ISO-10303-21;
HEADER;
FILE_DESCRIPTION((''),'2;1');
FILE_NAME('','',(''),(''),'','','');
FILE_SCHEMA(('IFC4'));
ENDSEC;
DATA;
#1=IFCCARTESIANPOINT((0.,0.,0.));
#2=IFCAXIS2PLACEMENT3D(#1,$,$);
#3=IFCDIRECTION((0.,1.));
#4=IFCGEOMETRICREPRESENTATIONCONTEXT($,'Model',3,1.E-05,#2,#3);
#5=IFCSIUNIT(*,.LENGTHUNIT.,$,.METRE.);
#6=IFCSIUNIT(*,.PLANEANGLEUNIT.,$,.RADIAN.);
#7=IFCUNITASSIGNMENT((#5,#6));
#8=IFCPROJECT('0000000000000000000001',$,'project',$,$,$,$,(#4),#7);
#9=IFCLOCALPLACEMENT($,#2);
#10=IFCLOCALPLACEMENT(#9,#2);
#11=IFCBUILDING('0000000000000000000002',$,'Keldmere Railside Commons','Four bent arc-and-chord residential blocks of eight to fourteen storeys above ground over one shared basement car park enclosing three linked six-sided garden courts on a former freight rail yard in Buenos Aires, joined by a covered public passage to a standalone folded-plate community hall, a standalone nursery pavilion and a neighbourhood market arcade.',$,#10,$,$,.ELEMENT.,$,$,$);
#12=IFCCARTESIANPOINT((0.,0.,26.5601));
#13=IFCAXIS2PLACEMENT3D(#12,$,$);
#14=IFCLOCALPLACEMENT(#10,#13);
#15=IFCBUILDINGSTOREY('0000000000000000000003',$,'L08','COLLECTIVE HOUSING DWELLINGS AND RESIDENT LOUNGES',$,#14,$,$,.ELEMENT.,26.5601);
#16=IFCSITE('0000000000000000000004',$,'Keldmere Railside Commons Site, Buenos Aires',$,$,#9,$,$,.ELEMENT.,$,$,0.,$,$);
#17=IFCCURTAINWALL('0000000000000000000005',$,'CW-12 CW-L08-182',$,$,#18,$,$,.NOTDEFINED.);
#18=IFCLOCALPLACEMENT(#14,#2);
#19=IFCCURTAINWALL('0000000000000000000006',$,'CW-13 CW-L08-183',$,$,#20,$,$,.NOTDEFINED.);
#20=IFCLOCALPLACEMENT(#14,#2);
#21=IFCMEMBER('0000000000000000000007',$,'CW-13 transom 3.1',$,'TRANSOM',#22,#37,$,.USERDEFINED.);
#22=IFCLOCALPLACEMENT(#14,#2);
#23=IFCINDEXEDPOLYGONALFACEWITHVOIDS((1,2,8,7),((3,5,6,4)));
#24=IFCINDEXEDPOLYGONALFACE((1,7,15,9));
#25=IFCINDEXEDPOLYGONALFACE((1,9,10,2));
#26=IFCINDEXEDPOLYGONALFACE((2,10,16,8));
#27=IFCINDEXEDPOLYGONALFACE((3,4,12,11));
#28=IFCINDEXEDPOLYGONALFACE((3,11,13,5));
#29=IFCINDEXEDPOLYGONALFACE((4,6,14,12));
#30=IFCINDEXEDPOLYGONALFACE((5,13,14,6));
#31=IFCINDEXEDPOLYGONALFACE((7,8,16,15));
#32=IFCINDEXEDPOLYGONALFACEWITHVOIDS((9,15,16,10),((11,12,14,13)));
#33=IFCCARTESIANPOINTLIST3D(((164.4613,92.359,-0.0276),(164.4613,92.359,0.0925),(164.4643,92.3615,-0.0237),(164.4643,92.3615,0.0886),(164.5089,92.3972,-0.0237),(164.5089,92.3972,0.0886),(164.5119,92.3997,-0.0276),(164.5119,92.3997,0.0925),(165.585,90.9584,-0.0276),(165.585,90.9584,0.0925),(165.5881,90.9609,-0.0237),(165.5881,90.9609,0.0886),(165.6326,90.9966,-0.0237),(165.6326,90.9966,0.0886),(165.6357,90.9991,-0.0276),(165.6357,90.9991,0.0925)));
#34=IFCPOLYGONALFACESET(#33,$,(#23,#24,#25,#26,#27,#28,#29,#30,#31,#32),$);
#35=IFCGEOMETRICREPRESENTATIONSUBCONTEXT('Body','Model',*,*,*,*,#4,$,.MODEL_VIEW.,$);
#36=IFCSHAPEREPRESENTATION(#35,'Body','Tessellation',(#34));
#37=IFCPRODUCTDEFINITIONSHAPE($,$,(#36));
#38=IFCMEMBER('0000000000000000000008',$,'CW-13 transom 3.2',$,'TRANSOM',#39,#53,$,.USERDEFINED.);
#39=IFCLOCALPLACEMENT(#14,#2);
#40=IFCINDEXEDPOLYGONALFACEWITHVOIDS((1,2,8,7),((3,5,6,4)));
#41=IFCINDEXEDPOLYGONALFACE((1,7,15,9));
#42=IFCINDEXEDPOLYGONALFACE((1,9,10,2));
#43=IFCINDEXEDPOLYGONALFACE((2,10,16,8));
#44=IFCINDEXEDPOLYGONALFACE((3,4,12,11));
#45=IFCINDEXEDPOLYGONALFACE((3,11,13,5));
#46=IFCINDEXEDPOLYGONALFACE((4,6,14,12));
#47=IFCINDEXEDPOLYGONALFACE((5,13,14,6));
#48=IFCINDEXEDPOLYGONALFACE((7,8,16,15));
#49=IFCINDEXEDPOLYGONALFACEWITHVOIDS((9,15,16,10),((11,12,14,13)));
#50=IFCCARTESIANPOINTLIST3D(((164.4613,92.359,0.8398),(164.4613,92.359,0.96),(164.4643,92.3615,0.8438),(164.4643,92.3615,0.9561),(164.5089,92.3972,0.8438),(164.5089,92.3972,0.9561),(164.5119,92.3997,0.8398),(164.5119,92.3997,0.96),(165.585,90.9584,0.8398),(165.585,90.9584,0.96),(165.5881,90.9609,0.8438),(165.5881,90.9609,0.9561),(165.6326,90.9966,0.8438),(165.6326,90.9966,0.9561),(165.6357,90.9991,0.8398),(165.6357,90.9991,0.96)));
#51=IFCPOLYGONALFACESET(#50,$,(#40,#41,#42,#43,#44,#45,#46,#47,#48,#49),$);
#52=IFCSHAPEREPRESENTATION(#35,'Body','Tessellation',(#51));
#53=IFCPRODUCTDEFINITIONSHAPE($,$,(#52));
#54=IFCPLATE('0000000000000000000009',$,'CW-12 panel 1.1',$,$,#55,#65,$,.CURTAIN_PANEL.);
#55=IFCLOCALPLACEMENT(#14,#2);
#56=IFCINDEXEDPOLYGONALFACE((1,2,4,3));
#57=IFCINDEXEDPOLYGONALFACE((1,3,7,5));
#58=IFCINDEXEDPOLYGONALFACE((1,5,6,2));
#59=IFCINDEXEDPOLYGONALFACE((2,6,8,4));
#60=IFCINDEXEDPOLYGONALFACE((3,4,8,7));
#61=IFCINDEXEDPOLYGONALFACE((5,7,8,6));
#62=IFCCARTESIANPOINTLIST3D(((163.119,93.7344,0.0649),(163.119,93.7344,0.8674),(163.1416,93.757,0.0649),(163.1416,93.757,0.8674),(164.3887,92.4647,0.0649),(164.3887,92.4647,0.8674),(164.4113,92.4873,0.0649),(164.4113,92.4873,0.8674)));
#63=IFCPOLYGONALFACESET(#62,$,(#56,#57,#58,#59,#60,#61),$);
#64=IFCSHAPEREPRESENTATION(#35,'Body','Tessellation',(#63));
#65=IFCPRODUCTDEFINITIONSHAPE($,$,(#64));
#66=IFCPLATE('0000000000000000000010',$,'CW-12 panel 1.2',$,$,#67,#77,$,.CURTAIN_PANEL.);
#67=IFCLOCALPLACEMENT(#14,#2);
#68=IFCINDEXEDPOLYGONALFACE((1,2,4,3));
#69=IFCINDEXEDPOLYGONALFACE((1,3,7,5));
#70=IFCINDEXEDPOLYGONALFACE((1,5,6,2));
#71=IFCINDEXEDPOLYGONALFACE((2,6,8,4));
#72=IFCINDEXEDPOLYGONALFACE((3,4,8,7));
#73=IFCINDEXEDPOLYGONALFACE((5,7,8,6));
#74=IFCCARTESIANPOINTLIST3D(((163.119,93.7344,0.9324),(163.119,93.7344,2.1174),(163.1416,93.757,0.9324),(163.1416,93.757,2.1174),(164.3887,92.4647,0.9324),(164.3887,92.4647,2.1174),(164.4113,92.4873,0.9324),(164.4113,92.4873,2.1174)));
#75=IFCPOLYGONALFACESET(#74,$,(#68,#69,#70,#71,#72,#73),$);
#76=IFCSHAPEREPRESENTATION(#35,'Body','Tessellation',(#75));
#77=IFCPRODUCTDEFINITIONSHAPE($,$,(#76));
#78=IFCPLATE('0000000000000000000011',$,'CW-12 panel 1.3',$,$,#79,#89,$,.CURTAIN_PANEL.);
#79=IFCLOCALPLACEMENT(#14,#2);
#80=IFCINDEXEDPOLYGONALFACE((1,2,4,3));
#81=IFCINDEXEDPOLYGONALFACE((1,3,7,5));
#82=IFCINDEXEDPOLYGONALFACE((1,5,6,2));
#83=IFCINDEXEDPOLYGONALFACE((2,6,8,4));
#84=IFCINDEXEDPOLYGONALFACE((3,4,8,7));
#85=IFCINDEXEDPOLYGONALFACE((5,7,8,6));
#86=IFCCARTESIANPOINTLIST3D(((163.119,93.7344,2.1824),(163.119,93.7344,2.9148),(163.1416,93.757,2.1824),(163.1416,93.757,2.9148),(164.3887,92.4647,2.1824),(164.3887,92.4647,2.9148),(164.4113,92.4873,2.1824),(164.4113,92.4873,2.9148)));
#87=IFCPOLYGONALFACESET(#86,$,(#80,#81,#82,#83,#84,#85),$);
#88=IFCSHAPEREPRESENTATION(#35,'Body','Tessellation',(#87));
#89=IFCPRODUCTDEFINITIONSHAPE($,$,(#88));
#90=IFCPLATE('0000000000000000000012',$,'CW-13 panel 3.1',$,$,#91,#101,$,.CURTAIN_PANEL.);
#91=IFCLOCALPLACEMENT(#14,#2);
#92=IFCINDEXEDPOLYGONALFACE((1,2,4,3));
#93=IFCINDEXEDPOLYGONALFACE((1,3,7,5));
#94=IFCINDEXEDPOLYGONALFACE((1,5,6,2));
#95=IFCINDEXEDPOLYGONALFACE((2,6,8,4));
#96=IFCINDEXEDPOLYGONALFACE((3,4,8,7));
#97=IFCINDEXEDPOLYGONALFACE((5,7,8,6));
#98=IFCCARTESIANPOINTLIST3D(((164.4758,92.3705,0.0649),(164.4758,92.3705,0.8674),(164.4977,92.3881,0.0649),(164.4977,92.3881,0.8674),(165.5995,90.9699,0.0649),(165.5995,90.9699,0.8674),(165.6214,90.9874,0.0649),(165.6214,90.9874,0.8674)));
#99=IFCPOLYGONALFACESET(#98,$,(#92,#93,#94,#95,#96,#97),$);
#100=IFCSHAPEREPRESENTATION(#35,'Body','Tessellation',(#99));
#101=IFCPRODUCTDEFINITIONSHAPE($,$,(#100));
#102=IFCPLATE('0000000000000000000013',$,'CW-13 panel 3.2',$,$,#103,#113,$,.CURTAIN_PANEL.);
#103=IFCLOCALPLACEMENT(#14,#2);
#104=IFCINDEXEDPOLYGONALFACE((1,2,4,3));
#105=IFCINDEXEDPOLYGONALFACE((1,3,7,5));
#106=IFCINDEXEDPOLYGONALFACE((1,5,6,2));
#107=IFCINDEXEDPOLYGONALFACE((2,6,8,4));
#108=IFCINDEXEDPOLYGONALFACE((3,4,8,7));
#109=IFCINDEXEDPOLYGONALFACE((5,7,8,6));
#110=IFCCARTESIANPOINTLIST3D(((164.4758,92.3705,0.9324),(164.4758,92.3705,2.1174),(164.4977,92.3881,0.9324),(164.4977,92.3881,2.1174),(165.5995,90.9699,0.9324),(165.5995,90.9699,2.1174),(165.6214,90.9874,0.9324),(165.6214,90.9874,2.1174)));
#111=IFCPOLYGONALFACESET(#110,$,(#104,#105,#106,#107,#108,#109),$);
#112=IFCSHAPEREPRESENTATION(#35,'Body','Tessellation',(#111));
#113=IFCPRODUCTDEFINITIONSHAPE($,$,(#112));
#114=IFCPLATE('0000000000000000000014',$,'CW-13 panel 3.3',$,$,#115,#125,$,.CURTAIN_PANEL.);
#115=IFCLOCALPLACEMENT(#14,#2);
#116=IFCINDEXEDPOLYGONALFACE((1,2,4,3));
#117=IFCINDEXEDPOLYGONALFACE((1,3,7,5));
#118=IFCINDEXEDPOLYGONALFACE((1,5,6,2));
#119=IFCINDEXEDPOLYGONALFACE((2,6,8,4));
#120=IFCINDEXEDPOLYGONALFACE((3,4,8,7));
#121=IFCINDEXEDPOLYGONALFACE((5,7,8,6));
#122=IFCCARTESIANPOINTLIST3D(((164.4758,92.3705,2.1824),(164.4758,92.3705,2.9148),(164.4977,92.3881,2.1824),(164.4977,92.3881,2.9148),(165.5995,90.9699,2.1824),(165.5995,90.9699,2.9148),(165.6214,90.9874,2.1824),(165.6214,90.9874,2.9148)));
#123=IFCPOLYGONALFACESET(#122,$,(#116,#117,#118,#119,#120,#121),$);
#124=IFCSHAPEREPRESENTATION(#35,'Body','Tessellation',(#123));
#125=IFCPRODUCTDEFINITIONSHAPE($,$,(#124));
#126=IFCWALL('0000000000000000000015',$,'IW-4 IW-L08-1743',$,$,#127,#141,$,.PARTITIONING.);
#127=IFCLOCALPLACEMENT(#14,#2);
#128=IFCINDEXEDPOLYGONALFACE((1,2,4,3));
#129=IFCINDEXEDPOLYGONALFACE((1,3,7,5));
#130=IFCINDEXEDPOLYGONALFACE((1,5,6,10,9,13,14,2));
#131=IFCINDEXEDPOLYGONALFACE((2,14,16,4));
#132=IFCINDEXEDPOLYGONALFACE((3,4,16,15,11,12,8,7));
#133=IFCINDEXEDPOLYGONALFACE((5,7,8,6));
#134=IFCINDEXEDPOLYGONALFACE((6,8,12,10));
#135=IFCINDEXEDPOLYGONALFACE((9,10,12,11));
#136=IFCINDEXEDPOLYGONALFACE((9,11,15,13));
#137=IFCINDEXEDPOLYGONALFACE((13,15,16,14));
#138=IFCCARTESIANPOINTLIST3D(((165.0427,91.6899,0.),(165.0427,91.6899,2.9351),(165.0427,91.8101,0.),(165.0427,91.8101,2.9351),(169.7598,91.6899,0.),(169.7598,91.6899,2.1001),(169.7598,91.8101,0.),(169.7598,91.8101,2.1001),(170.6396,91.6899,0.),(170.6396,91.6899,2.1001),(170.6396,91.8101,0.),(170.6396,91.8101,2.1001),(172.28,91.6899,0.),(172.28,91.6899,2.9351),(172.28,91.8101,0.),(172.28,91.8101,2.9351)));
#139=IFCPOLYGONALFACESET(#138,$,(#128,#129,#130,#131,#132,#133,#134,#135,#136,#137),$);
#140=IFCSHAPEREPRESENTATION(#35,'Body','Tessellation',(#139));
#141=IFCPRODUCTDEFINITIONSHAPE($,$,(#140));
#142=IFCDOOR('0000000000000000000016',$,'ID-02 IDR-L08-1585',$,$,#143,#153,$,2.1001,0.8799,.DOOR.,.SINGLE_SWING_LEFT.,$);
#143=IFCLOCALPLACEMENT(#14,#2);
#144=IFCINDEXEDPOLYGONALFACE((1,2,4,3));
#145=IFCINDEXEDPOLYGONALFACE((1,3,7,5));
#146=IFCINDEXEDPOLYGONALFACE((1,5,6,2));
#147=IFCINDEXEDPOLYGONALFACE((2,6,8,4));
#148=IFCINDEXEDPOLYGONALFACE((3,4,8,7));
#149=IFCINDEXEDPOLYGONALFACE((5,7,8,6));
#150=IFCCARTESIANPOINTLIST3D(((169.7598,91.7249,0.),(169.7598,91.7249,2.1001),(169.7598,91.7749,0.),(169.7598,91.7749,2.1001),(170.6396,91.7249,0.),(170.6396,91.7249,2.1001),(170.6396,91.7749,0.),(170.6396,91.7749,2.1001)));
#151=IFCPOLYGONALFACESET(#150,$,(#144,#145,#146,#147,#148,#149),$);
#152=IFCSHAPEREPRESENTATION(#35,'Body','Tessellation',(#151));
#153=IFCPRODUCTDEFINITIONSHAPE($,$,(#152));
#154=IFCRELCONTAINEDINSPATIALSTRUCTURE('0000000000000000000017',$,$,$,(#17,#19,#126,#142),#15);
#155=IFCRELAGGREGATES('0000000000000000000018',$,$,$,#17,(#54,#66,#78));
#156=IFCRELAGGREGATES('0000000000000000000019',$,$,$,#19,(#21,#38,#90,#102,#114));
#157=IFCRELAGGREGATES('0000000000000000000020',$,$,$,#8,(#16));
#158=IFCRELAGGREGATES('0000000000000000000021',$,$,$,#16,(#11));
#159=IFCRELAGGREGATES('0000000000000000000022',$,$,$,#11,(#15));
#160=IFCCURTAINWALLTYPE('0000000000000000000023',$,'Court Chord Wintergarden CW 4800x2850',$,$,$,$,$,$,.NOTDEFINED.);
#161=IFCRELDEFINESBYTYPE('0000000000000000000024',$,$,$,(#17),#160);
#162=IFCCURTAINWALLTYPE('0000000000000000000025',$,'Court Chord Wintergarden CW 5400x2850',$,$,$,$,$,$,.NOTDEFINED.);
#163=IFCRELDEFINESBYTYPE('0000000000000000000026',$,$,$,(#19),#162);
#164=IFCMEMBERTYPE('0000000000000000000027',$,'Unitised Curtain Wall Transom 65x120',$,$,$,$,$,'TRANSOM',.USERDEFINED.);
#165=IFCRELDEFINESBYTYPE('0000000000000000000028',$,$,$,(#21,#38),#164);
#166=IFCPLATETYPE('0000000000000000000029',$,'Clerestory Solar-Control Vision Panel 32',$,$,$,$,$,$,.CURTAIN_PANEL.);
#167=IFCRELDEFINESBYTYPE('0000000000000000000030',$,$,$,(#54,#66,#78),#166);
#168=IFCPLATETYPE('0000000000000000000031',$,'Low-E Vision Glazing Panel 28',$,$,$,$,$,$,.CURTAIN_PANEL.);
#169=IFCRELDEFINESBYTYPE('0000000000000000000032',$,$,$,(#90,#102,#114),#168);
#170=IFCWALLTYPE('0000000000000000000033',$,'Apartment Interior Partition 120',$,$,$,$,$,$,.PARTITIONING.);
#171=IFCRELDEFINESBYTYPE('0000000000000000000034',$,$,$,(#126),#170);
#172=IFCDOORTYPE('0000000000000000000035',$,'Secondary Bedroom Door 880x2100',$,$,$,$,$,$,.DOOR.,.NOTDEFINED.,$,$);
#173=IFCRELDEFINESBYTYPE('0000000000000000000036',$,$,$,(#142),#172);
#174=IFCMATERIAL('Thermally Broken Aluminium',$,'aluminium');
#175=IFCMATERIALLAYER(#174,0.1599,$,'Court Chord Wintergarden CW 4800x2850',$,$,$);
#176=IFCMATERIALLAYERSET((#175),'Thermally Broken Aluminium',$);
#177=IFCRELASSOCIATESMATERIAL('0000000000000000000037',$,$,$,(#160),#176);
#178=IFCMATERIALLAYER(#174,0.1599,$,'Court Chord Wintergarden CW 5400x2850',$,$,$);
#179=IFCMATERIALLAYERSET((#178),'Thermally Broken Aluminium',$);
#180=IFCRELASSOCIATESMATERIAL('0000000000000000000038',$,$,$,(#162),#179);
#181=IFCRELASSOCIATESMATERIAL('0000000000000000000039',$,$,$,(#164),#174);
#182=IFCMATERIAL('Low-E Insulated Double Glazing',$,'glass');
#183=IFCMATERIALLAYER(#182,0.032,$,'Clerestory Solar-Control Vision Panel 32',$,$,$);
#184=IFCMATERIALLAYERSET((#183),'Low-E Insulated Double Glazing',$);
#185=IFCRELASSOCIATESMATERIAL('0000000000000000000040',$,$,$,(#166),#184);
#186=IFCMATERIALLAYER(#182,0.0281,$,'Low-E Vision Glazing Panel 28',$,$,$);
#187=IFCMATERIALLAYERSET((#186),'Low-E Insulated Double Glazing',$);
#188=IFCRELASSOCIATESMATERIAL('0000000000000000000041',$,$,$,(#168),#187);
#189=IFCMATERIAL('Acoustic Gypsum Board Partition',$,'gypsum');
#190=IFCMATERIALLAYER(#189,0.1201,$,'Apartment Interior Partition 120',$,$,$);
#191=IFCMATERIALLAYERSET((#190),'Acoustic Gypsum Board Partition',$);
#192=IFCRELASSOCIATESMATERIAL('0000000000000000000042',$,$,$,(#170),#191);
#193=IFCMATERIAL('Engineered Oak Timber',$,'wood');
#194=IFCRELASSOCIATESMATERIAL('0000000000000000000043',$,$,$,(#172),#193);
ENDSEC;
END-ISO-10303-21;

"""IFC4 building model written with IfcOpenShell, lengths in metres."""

from ifc_helpers import new_model, si_unit, direction, frame, frame_2d, origin, origin_2d, place, context, subcontext, project, spatial, rectangle, hollow_rectangle, extrude, material, layer, layer_set, material_profile, profile_set, type_object, element, fill, aggregate, save


model = new_model("IFC4")

# Units and contexts
model_context = context("Model", 3, precision=1e-05, world=origin(), true_north=direction((0.0, 1.0)))
body_context = subcontext(model_context, "Body", "Model", "MODEL_VIEW")
ifc_project = project(units=[si_unit("LENGTHUNIT", "METRE"), si_unit("PLANEANGLEUNIT", "RADIAN")], contexts=[model_context])

# Site, building, storey
site_placement = place(None, origin())
site = spatial("IfcSite", under=ifc_project, at=site_placement, Name="Keldmere Railside Commons Site, Buenos Aires", CompositionType="ELEMENT", RefElevation=0.0)
building_placement = place(site_placement, origin())
building = spatial("IfcBuilding", under=site, at=building_placement, Name="Keldmere Railside Commons", Description="Four bent arc-and-chord residential blocks of eight to fourteen storeys above ground over one shared basement car park enclosing three linked six-sided garden courts on a former freight rail yard in Buenos Aires, joined by a covered public passage to a standalone folded-plate community hall, a standalone nursery pavilion and a neighbourhood market arcade.", CompositionType="ELEMENT")
storey_placement = place(building_placement, frame((0.0, 0.0, 26.5601)))
storey = spatial("IfcBuildingStorey", under=building, at=storey_placement, Name="L08", Description="COLLECTIVE HOUSING DWELLINGS AND RESIDENT LOUNGES", CompositionType="ELEMENT", Elevation=26.5601)

# Curtain wall
ifc_material_1 = material(Name="Thermally Broken Aluminium", Category="aluminium")
ifc_layer_1 = layer(ifc_material_1, 0.1599, Name="Court Chord Wintergarden CW 4800x2850")
ifc_layer_set_1 = layer_set([ifc_layer_1], Name="Thermally Broken Aluminium")
curtain_wall_type_1 = type_object("IfcCurtainWallType", Name="Court Chord Wintergarden CW 4800x2850", PredefinedType="NOTDEFINED", material=ifc_layer_set_1)
curtain_wall_1_placement = place(storey_placement, origin())
curtain_wall_1 = element("IfcCurtainWall", 1, at=curtain_wall_1_placement, inside=storey, type_object=curtain_wall_type_1, Name="CW-12 CW-L08-182", PredefinedType="NOTDEFINED")

# Curtain wall
ifc_layer_2 = layer(ifc_material_1, 0.1599, Name="Court Chord Wintergarden CW 5400x2850")
ifc_layer_set_2 = layer_set([ifc_layer_2], Name="Thermally Broken Aluminium")
curtain_wall_type_2 = type_object("IfcCurtainWallType", Name="Court Chord Wintergarden CW 5400x2850", PredefinedType="NOTDEFINED", material=ifc_layer_set_2)
curtain_wall_2_placement = place(storey_placement, origin())
curtain_wall_2 = element("IfcCurtainWall", 2, at=curtain_wall_2_placement, inside=storey, type_object=curtain_wall_type_2, Name="CW-13 CW-L08-183", PredefinedType="NOTDEFINED")

# Members
ifc_material_profile_1 = material_profile(ifc_material_1, hollow_rectangle(XDim=0.0649, YDim=0.1201, WallThickness=0.0039, at=origin_2d()), Name="ALU-TRAN-65x120")
ifc_profile_set_1 = profile_set([ifc_material_profile_1], Name="Thermally Broken Aluminium")
member_type_1 = type_object("IfcMemberType", Name="Unitised Curtain Wall Transom 65x120", ElementType="TRANSOM", PredefinedType="USERDEFINED", material=ifc_profile_set_1)
member_1_placement = place(storey_placement, frame((165.6104, 90.9788, 0.0325), z_axis=(-0.625805, 0.779979, 0.0), x_axis=(-0.779979, -0.625805, 0.0)))
member_1 = element("IfcMember", 3, at=member_1_placement, type_object=member_type_1, Name="CW-13 transom 3.1", ObjectType="TRANSOM", PredefinedType="USERDEFINED", context=body_context, shape_type="SweptSolid", body=[
    extrude(hollow_rectangle(XDim=0.0649, YDim=0.1201, WallThickness=0.0039, at=origin_2d()), origin(), (0.0, 0.0, 1.0), 1.7957),
])
member_2_placement = place(storey_placement, frame((165.6104, 90.9788, 0.8999), z_axis=(-0.625805, 0.779979, 0.0), x_axis=(-0.779979, -0.625805, 0.0)))
member_2 = element("IfcMember", 4, at=member_2_placement, type_object=member_type_1, Name="CW-13 transom 3.2", ObjectType="TRANSOM", PredefinedType="USERDEFINED", context=body_context, shape_type="SweptSolid", body=[
    extrude(hollow_rectangle(XDim=0.0649, YDim=0.1201, WallThickness=0.0039, at=origin_2d()), origin(), (0.0, 0.0, 1.0), 1.7957),
])

# Plates
ifc_material_2 = material(Name="Low-E Insulated Double Glazing", Category="glass")
ifc_layer_3 = layer(ifc_material_2, 0.032, Name="Clerestory Solar-Control Vision Panel 32")
ifc_layer_set_3 = layer_set([ifc_layer_3], Name="Low-E Insulated Double Glazing")
plate_type_1 = type_object("IfcPlateType", Name="Clerestory Solar-Control Vision Panel 32", PredefinedType="CURTAIN_PANEL", material=ifc_layer_set_3)
plate_1_placement = place(storey_placement, frame((163.7651, 93.1108, 0.0649), z_axis=(0.0, 0.0, 1.0), x_axis=(-0.707107, 0.707107, 0.0)))
plate_1 = element("IfcPlate", 5, at=plate_1_placement, type_object=plate_type_1, Name="CW-12 panel 1.1", PredefinedType="CURTAIN_PANEL", context=body_context, shape_type="SweptSolid", body=[
    extrude(rectangle(XDim=1.7957, YDim=0.032, at=origin_2d()), origin(), (0.0, 0.0, 1.0), 0.8025),
])
plate_2_placement = place(storey_placement, frame((163.7651, 93.1108, 0.9324), z_axis=(0.0, 0.0, 1.0), x_axis=(-0.707107, 0.707107, 0.0)))
plate_2 = element("IfcPlate", 6, at=plate_2_placement, type_object=plate_type_1, Name="CW-12 panel 1.2", PredefinedType="CURTAIN_PANEL", context=body_context, shape_type="SweptSolid", body=[
    extrude(rectangle(XDim=1.7957, YDim=0.032, at=origin_2d()), origin(), (0.0, 0.0, 1.0), 1.1851),
])
plate_3_placement = place(storey_placement, frame((163.7651, 93.1108, 2.1824), z_axis=(0.0, 0.0, 1.0), x_axis=(-0.707107, 0.707107, 0.0)))
plate_3 = element("IfcPlate", 7, at=plate_3_placement, type_object=plate_type_1, Name="CW-12 panel 1.3", PredefinedType="CURTAIN_PANEL", context=body_context, shape_type="SweptSolid", body=[
    extrude(rectangle(XDim=1.7957, YDim=0.032, at=origin_2d()), origin(), (0.0, 0.0, 1.0), 0.7324),
])
aggregate(curtain_wall_1, [plate_1, plate_2, plate_3])
ifc_layer_4 = layer(ifc_material_2, 0.0281, Name="Low-E Vision Glazing Panel 28")
ifc_layer_set_4 = layer_set([ifc_layer_4], Name="Low-E Insulated Double Glazing")
plate_type_2 = type_object("IfcPlateType", Name="Low-E Vision Glazing Panel 28", PredefinedType="CURTAIN_PANEL", material=ifc_layer_set_4)
plate_4_placement = place(storey_placement, frame((165.0486, 91.679, 0.0649), z_axis=(0.0, 0.0, 1.0), x_axis=(-0.625768, 0.780009, 0.0)))
plate_4 = element("IfcPlate", 8, at=plate_4_placement, type_object=plate_type_2, Name="CW-13 panel 3.1", PredefinedType="CURTAIN_PANEL", context=body_context, shape_type="SweptSolid", body=[
    extrude(rectangle(XDim=1.7957, YDim=0.0281, at=origin_2d()), origin(), (0.0, 0.0, 1.0), 0.8025),
])
plate_5_placement = place(storey_placement, frame((165.0486, 91.679, 0.9324), z_axis=(0.0, 0.0, 1.0), x_axis=(-0.625768, 0.780009, 0.0)))
plate_5 = element("IfcPlate", 9, at=plate_5_placement, type_object=plate_type_2, Name="CW-13 panel 3.2", PredefinedType="CURTAIN_PANEL", context=body_context, shape_type="SweptSolid", body=[
    extrude(rectangle(XDim=1.7957, YDim=0.0281, at=origin_2d()), origin(), (0.0, 0.0, 1.0), 1.1851),
])
plate_6_placement = place(storey_placement, frame((165.0486, 91.679, 2.1824), z_axis=(0.0, 0.0, 1.0), x_axis=(-0.625768, 0.780009, 0.0)))
plate_6 = element("IfcPlate", 10, at=plate_6_placement, type_object=plate_type_2, Name="CW-13 panel 3.3", PredefinedType="CURTAIN_PANEL", context=body_context, shape_type="SweptSolid", body=[
    extrude(rectangle(XDim=1.7957, YDim=0.0281, at=origin_2d()), origin(), (0.0, 0.0, 1.0), 0.7324),
])
aggregate(curtain_wall_2, [member_1, member_2, plate_4, plate_5, plate_6])

# Wall, opening, door
ifc_material_3 = material(Name="Acoustic Gypsum Board Partition", Category="gypsum")
ifc_layer_5 = layer(ifc_material_3, 0.1201, Name="Apartment Interior Partition 120")
ifc_layer_set_5 = layer_set([ifc_layer_5], Name="Acoustic Gypsum Board Partition")
wall_type = type_object("IfcWallType", Name="Apartment Interior Partition 120", PredefinedType="PARTITIONING", material=ifc_layer_set_5)
wall_placement = place(storey_placement, frame((165.0427, 91.75, 0.0), z_axis=(0.0, 0.0, 1.0), x_axis=(1.0, 0.0, 0.0)))
wall = element("IfcWall", 11, at=wall_placement, inside=storey, type_object=wall_type, Name="IW-4 IW-L08-1743", PredefinedType="PARTITIONING", context=body_context, shape_type="SweptSolid", body=[
    extrude(rectangle(XDim=7.2373, YDim=0.1201, at=frame_2d((3.6187, 0.0))), origin(), (0.0, 0.0, 1.0), 2.9351),
])
opening_placement = place(wall_placement, frame((4.717, 0.0, 0.0)))
opening = element("IfcOpeningElement", 12, at=opening_placement, cuts=wall, PredefinedType="OPENING", context=body_context, shape_type="SweptSolid", body=[
    extrude(rectangle(XDim=0.8799, YDim=2.1001, at=frame_2d((0.4399, 1.05))), frame((0.0, 0.0701, 0.0), z_axis=(0.0, -1.0, 0.0), x_axis=(1.0, 0.0, 0.0)), (0.0, 0.0, 1.0), 0.1401),
])
ifc_material_4 = material(Name="Engineered Oak Timber", Category="wood")
door_type = type_object("IfcDoorType", Name="Secondary Bedroom Door 880x2100", OperationType="NOTDEFINED", PredefinedType="DOOR", material=ifc_material_4)
door_placement = place(opening_placement, origin())
door = element("IfcDoor", 13, at=door_placement, inside=storey, type_object=door_type, Name="ID-02 IDR-L08-1585", OperationType="SINGLE_SWING_LEFT", OverallHeight=2.1001, OverallWidth=0.8799, PredefinedType="DOOR", context=body_context, shape_type="SweptSolid", body=[
    extrude(rectangle(XDim=0.8799, YDim=2.1001, at=frame_2d((0.4399, 1.05))), frame((0.0, 0.0249, 0.0), z_axis=(0.0, -1.0, 0.0), x_axis=(1.0, 0.0, 0.0)), (0.0, 0.0, 1.0), 0.05),
])
fill(opening, door)

save(model, "model.ifc")
